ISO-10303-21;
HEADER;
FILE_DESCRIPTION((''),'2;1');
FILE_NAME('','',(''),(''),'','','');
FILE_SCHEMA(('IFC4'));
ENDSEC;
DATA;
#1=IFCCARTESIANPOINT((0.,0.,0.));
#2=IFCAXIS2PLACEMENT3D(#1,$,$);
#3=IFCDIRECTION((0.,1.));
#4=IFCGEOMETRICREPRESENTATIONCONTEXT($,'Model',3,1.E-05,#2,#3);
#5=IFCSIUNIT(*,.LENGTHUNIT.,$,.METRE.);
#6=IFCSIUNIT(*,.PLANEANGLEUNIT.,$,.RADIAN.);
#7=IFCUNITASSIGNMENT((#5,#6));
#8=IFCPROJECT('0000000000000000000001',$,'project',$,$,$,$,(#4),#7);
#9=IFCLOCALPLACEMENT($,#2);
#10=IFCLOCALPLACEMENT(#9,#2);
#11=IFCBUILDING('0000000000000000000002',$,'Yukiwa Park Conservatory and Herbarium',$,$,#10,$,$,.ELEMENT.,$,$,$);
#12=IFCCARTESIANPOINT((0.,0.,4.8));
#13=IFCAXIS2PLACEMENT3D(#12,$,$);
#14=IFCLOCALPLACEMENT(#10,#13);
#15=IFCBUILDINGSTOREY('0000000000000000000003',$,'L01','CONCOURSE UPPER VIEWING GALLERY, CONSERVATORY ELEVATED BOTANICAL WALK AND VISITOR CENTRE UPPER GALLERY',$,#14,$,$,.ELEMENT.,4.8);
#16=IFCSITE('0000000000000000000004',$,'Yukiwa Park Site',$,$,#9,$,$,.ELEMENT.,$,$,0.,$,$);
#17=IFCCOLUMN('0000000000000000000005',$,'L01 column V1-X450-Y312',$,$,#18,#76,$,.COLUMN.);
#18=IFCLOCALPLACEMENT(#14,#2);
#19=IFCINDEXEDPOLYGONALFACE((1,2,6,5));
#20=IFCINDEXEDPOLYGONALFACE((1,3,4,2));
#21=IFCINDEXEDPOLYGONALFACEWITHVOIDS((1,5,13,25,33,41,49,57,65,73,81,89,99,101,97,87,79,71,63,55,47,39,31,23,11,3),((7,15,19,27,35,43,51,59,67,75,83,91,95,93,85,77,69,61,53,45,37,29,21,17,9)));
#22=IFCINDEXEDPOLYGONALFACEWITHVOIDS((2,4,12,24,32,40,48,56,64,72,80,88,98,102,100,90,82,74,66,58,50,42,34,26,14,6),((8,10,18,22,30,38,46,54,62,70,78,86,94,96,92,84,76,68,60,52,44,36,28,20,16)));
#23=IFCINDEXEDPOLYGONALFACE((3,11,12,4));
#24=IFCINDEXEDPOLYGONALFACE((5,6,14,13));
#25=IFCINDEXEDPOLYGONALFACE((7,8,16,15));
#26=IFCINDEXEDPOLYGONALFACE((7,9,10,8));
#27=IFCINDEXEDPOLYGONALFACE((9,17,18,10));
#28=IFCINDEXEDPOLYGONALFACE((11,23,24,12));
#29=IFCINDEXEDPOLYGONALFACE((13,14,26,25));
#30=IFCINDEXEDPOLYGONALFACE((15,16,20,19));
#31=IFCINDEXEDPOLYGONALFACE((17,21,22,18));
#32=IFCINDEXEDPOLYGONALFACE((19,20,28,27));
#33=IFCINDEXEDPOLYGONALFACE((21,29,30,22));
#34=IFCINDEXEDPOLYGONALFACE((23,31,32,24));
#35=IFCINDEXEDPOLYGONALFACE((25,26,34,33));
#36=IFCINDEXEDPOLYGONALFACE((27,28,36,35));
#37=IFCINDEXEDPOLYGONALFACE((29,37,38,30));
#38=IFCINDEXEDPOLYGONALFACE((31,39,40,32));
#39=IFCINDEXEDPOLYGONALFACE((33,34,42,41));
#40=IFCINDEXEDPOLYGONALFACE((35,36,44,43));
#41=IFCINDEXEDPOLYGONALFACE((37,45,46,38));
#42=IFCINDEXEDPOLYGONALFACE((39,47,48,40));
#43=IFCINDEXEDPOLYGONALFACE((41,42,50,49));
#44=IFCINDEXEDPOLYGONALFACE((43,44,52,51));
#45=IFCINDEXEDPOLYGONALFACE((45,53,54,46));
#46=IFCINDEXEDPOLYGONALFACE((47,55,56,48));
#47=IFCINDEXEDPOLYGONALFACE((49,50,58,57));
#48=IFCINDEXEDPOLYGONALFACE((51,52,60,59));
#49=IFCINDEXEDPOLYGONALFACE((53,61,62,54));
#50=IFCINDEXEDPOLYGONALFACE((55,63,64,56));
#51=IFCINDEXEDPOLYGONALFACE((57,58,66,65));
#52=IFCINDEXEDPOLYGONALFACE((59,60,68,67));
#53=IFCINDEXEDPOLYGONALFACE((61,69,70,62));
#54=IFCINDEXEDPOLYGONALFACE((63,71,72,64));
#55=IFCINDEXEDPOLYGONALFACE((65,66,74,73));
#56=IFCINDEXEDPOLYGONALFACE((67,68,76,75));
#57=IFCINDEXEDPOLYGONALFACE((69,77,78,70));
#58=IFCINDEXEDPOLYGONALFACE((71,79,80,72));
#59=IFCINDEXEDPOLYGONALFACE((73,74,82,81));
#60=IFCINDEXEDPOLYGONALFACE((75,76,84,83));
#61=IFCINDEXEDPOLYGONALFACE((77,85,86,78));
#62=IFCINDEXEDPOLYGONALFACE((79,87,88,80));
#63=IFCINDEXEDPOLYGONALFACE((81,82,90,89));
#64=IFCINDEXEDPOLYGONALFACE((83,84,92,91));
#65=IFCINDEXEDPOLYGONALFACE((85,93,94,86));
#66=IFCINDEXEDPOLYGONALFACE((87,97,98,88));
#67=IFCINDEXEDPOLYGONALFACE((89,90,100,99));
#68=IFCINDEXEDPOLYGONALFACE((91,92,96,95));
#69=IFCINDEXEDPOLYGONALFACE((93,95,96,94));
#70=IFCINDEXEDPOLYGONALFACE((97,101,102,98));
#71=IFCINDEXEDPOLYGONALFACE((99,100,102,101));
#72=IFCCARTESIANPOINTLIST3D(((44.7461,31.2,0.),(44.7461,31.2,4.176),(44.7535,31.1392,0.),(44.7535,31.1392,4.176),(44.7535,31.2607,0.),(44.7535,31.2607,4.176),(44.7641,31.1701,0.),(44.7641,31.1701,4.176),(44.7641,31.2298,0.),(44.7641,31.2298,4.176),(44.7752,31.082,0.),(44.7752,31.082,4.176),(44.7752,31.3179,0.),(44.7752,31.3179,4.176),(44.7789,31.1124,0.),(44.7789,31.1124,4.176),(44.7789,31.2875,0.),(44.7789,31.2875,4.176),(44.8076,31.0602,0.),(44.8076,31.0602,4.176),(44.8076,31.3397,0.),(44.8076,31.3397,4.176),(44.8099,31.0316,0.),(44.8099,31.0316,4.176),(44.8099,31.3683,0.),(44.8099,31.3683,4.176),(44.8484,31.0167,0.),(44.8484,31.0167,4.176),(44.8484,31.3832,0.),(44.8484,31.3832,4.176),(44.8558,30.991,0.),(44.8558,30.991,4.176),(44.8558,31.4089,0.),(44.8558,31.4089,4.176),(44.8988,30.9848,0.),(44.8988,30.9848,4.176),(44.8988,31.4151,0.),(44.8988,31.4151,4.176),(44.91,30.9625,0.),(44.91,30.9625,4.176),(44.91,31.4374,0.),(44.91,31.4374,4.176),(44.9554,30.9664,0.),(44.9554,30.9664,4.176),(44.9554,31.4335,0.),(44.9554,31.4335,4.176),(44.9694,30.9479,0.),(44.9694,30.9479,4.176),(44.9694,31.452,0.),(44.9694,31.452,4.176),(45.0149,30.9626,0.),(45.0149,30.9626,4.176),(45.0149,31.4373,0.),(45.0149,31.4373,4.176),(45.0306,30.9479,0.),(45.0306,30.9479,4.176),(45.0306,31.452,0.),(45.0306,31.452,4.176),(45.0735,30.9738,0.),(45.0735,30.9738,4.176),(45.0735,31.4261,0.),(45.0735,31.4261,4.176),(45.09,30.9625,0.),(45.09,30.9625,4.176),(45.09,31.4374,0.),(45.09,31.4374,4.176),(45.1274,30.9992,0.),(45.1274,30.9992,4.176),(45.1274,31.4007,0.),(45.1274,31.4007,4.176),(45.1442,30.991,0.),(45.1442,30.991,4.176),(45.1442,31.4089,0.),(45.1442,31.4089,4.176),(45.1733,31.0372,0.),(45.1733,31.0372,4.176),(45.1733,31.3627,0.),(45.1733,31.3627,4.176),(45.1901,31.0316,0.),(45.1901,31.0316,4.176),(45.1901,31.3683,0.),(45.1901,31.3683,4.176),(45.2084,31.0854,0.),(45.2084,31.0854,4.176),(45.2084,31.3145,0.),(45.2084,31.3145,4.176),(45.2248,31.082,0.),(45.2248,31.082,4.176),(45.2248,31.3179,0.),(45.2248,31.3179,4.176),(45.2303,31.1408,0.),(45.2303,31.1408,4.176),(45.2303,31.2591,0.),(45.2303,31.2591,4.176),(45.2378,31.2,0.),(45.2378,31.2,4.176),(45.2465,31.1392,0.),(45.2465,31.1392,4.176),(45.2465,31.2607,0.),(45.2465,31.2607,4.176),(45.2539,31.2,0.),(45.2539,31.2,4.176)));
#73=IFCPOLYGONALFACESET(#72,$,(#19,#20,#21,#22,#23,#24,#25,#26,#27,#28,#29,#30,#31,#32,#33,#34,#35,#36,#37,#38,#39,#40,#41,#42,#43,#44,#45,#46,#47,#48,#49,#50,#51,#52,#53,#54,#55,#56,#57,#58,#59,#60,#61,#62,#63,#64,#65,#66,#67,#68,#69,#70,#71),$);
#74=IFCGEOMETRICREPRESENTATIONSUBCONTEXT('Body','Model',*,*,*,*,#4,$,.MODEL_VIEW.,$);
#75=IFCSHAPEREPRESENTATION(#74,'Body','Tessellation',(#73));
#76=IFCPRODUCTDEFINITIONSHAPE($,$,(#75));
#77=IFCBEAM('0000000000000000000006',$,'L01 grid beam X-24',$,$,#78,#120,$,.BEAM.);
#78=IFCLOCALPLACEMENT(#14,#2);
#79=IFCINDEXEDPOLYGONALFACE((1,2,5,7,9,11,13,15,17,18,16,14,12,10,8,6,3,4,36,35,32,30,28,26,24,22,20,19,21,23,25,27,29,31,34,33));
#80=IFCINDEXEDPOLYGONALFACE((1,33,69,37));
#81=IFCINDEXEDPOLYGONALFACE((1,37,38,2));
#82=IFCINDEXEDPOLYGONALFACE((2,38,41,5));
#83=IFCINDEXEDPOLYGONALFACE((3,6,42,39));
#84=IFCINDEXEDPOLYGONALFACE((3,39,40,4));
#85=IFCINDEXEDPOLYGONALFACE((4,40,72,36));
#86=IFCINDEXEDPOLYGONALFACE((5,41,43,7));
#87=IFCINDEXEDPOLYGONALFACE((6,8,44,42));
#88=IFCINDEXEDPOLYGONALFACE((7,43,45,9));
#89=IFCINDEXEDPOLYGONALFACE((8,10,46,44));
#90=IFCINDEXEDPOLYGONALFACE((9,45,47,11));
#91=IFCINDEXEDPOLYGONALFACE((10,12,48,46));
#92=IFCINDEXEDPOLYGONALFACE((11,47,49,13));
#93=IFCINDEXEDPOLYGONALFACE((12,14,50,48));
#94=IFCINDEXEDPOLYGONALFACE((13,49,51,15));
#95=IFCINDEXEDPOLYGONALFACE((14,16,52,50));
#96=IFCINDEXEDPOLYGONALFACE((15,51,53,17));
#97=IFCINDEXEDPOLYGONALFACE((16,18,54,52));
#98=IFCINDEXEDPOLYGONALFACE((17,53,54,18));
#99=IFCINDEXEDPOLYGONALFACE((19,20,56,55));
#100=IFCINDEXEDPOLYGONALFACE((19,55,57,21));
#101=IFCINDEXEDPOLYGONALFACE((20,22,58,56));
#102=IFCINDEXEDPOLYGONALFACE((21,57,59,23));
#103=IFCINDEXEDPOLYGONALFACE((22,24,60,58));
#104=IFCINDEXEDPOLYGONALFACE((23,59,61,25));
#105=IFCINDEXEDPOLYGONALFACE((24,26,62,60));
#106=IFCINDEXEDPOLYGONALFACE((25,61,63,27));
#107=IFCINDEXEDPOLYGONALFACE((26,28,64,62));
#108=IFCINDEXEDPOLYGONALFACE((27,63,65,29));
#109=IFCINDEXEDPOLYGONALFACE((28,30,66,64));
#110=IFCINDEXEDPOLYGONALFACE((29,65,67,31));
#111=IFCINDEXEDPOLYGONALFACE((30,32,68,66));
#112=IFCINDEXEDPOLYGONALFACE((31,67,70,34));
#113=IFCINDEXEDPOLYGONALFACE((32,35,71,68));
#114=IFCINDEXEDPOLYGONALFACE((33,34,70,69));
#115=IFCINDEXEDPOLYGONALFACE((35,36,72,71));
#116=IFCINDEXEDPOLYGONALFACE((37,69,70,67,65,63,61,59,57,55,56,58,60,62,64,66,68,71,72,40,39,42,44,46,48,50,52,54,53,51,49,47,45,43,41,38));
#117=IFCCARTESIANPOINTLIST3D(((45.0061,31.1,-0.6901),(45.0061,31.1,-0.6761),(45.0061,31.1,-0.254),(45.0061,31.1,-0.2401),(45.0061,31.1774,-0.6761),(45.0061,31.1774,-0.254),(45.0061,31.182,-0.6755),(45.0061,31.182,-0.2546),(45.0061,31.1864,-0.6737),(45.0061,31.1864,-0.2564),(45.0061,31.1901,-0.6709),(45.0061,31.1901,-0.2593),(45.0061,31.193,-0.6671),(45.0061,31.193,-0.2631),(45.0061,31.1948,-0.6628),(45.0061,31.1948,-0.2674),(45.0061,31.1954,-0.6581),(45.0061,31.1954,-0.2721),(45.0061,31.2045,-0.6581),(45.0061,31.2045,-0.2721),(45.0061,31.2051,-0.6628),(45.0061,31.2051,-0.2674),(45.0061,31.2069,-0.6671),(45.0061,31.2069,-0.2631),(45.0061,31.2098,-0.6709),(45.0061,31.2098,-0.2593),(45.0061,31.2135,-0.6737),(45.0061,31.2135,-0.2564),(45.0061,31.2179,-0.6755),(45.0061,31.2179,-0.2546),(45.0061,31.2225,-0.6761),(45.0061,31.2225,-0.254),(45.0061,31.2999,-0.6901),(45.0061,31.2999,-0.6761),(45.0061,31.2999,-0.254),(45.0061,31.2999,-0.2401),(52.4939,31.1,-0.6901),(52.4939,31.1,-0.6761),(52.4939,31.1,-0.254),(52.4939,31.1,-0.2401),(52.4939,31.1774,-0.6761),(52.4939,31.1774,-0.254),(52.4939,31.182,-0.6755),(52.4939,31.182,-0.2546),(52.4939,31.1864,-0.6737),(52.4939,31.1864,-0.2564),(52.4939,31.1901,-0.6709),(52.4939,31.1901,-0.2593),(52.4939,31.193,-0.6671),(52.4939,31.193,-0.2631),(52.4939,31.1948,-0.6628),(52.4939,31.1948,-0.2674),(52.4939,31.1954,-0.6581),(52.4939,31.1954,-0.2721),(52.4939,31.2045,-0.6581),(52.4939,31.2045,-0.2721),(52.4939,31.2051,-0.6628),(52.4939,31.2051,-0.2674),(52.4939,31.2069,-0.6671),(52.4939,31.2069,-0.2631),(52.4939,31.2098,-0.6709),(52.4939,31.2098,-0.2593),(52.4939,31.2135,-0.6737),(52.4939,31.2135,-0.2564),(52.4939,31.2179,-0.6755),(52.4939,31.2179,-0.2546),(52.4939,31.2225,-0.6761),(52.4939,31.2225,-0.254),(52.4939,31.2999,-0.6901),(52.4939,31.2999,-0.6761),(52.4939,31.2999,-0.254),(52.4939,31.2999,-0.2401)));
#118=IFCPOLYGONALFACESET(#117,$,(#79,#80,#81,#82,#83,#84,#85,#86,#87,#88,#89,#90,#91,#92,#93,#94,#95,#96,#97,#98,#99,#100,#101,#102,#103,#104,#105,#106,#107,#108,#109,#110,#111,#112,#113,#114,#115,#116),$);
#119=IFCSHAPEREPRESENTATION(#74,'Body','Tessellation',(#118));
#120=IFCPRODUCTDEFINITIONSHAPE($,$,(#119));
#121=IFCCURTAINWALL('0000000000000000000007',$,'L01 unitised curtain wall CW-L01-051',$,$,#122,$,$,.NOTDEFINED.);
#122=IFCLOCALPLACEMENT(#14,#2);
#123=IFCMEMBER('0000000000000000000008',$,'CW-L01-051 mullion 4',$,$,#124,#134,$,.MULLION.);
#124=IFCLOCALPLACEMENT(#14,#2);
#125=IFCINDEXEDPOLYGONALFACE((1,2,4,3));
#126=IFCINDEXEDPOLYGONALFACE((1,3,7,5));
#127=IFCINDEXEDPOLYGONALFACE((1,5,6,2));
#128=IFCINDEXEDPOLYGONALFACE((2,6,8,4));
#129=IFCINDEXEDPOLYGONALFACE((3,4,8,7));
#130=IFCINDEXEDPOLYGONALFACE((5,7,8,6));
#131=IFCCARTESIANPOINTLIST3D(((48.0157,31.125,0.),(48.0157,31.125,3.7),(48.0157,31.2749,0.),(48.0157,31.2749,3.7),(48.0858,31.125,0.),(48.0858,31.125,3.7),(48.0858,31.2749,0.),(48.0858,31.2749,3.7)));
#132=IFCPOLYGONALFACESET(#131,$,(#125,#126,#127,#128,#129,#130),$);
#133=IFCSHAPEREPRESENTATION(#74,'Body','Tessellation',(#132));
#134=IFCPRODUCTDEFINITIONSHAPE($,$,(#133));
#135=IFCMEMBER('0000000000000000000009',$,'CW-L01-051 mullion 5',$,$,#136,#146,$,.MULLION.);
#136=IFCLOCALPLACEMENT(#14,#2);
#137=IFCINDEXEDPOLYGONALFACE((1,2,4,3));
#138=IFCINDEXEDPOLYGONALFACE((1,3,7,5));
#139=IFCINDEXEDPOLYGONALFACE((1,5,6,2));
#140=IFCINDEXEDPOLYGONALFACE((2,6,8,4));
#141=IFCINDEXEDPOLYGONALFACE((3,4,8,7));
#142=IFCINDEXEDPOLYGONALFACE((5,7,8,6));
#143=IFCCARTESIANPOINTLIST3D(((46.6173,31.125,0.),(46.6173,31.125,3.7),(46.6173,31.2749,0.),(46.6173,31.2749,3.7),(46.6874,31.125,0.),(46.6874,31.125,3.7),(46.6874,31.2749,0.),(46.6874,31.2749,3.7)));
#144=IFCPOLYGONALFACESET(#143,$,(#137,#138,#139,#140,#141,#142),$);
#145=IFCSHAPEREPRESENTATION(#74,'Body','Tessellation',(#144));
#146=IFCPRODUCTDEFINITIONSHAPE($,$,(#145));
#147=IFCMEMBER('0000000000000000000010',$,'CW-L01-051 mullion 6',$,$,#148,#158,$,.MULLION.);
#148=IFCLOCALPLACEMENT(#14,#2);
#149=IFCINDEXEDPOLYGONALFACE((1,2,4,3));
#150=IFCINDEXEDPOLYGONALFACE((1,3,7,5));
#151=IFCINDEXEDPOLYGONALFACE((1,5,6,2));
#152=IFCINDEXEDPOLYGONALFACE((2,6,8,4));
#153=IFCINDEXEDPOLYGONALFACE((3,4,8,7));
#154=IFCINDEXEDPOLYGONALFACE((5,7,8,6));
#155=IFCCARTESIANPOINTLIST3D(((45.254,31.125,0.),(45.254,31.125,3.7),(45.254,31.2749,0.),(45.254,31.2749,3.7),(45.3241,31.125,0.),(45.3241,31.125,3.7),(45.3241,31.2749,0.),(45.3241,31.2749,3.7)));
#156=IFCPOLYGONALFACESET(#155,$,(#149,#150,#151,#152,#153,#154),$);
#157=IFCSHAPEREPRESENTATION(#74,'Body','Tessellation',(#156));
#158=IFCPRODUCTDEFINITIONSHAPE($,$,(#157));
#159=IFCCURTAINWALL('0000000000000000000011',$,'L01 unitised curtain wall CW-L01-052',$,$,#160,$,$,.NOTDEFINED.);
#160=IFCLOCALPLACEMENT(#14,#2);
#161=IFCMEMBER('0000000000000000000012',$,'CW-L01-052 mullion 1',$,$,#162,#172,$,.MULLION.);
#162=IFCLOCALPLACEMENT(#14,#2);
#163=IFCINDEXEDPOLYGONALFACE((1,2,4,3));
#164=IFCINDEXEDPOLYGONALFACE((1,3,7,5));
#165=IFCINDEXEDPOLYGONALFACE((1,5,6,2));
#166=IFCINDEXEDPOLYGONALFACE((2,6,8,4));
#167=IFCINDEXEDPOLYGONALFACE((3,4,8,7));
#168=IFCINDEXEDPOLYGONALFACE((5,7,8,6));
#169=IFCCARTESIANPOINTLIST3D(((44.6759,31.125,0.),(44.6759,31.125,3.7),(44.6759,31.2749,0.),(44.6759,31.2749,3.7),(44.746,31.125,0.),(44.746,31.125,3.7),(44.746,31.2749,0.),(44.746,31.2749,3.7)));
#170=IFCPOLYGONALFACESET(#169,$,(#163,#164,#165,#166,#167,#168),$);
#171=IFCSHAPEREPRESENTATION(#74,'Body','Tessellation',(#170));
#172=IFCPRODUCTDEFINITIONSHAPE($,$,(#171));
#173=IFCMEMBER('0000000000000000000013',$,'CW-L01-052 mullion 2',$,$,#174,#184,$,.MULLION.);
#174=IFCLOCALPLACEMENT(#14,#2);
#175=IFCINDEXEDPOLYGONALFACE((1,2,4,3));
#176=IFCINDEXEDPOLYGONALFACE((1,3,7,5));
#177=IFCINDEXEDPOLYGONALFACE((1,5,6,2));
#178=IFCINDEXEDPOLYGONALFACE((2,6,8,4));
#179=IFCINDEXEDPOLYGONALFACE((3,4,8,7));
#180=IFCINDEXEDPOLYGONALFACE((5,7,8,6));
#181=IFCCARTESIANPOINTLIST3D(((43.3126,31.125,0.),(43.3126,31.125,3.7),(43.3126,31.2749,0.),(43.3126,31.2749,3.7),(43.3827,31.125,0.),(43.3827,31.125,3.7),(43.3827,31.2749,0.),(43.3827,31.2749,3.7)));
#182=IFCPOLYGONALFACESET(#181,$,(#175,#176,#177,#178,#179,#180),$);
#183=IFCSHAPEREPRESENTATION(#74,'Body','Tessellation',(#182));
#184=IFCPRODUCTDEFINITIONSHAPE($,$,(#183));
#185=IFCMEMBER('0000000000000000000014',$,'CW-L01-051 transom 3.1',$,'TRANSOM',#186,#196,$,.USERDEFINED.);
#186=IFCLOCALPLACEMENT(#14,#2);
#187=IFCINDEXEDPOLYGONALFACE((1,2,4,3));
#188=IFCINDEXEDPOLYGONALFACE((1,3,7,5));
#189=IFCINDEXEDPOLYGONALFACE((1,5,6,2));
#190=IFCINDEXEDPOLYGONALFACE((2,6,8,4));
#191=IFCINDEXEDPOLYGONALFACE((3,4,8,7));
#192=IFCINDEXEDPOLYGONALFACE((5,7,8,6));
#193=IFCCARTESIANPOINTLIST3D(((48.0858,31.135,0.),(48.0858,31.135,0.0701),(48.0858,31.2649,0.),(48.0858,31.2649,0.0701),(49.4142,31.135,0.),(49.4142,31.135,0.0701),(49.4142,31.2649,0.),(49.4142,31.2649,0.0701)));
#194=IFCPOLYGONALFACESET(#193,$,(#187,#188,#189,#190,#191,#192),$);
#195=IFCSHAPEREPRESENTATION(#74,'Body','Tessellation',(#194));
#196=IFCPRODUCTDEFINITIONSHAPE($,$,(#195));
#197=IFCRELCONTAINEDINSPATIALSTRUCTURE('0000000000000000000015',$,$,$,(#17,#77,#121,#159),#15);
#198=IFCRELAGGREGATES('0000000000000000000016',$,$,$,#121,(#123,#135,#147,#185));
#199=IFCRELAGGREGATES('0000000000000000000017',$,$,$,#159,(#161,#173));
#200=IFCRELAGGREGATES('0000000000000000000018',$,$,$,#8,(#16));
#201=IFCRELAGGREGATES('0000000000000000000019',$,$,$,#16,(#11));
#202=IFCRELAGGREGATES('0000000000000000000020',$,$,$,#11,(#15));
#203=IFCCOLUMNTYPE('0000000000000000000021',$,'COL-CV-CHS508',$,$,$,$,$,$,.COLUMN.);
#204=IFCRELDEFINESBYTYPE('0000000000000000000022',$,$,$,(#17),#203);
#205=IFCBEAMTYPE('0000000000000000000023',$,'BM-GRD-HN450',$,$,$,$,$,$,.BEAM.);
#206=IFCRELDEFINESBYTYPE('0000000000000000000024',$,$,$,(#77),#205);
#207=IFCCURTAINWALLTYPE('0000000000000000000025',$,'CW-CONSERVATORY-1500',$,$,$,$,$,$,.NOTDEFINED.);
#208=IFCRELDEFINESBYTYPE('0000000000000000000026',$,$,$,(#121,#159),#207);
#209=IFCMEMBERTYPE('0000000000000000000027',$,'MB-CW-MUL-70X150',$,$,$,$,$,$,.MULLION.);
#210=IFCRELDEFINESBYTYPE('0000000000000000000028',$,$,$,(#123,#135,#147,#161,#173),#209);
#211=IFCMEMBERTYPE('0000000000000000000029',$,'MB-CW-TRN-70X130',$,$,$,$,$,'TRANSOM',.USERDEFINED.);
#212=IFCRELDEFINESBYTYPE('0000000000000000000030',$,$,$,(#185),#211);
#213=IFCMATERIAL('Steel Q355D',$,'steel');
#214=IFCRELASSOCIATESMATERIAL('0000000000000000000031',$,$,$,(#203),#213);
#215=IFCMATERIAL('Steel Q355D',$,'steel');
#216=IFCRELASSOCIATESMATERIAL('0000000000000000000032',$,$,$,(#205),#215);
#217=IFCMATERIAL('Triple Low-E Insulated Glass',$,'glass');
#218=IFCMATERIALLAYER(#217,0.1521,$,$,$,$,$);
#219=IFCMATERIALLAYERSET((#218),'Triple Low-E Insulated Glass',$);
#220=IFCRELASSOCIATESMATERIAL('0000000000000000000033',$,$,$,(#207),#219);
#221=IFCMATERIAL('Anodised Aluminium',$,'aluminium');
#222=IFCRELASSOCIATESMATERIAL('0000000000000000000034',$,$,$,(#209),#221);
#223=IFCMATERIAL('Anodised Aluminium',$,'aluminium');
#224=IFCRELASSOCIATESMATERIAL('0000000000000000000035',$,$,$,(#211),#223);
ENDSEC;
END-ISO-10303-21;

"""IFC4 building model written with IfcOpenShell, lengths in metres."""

from ifc_helpers import new_model, si_unit, direction, frame, origin, origin_2d, place, context, subcontext, project, spatial, rectangle, hollow_circle, i_section, extrude, material, layer, layer_set, material_profile, profile_set, type_object, element, aggregate, save


model = new_model("IFC4")

# Units and contexts
model_context = context("Model", 3, precision=1e-05, world=origin(), true_north=direction((0.0, 1.0)))
body_context = subcontext(model_context, "Body", "Model", "MODEL_VIEW")
ifc_project = project(units=[si_unit("LENGTHUNIT", "METRE"), si_unit("PLANEANGLEUNIT", "RADIAN")], contexts=[model_context])

# Site, building, storey
site_placement = place(None, origin())
site = spatial("IfcSite", under=ifc_project, at=site_placement, Name="Yukiwa Park Site", CompositionType="ELEMENT", RefElevation=0.0)
building_placement = place(site_placement, origin())
building = spatial("IfcBuilding", under=site, at=building_placement, Name="Yukiwa Park Conservatory and Herbarium", CompositionType="ELEMENT")
storey_placement = place(building_placement, frame((0.0, 0.0, 4.8)))
storey = spatial("IfcBuildingStorey", under=building, at=storey_placement, Name="L01", Description="CONCOURSE UPPER VIEWING GALLERY, CONSERVATORY ELEVATED BOTANICAL WALK AND VISITOR CENTRE UPPER GALLERY", CompositionType="ELEMENT", Elevation=4.8)

# Column
ifc_material_1 = material(Name="Steel Q355D", Category="steel")
ifc_material_profile_1 = material_profile(ifc_material_1, hollow_circle(Radius=0.2539, WallThickness=0.0161, at=origin_2d()), Name="CHS 508x16")
ifc_profile_set_1 = profile_set([ifc_material_profile_1], Name="Steel Q355D")
column_type = type_object("IfcColumnType", Name="COL-CV-CHS508", PredefinedType="COLUMN", material=ifc_profile_set_1)
column_placement = place(storey_placement, frame((45.0, 31.2, 0.0), z_axis=(0.0, 0.0, 1.0), x_axis=(1.0, 0.0, 0.0)))
element("IfcColumn", 1, at=column_placement, inside=storey, type_object=column_type, Name="L01 column V1-X450-Y312", PredefinedType="COLUMN", context=body_context, shape_type="SweptSolid", body=[
    extrude(hollow_circle(Radius=0.2539, WallThickness=0.0161, at=origin_2d()), origin(), (0.0, 0.0, 1.0), 4.176),
])

# Beam
ifc_material_2 = material(Name="Steel Q355D", Category="steel")
ifc_material_profile_2 = material_profile(ifc_material_2, i_section(OverallWidth=0.2, OverallDepth=0.45, WebThickness=0.009, FlangeThickness=0.0139, FilletRadius=0.0181, at=origin_2d()), Name="HN 450x200x9x14")
ifc_profile_set_2 = profile_set([ifc_material_profile_2], Name="Steel Q355D")
beam_type = type_object("IfcBeamType", Name="BM-GRD-HN450", PredefinedType="BEAM", material=ifc_profile_set_2)
beam_placement = place(storey_placement, frame((45.0061, 31.2, -0.4651), z_axis=(1.0, 0.0, 0.0), x_axis=(0.0, 1.0, 0.0)))
element("IfcBeam", 2, at=beam_placement, inside=storey, type_object=beam_type, Name="L01 grid beam X-24", PredefinedType="BEAM", context=body_context, shape_type="SweptSolid", body=[
    extrude(i_section(OverallWidth=0.2, OverallDepth=0.45, WebThickness=0.009, FlangeThickness=0.0139, FilletRadius=0.0181, at=origin_2d()), origin(), (0.0, 0.0, 1.0), 7.4878),
])

# Curtain walls, members
ifc_material_3 = material(Name="Triple Low-E Insulated Glass", Category="glass")
ifc_layer_1 = layer(ifc_material_3, 0.1521)
ifc_layer_set_1 = layer_set([ifc_layer_1], Name="Triple Low-E Insulated Glass")
curtain_wall_type = type_object("IfcCurtainWallType", Name="CW-CONSERVATORY-1500", PredefinedType="NOTDEFINED", material=ifc_layer_set_1)
curtain_wall_1_placement = place(storey_placement, origin())
curtain_wall_1 = element("IfcCurtainWall", 3, at=curtain_wall_1_placement, inside=storey, type_object=curtain_wall_type, Name="L01 unitised curtain wall CW-L01-051", PredefinedType="NOTDEFINED")
ifc_material_4 = material(Name="Anodised Aluminium", Category="aluminium")
member_type_1 = type_object("IfcMemberType", Name="MB-CW-MUL-70X150", PredefinedType="MULLION", material=ifc_material_4)
member_1_placement = place(storey_placement, frame((48.0508, 31.2, 0.0), z_axis=(0.0, 0.0, 1.0), x_axis=(-1.0, 0.0, 0.0)))
member_1 = element("IfcMember", 4, at=member_1_placement, type_object=member_type_1, Name="CW-L01-051 mullion 4", PredefinedType="MULLION", context=body_context, shape_type="SweptSolid", body=[
    extrude(rectangle(XDim=0.0701, YDim=0.1499, at=origin_2d()), origin(), (0.0, 0.0, 1.0), 3.7),
])
member_2_placement = place(storey_placement, frame((46.6523, 31.2, 0.0), z_axis=(0.0, 0.0, 1.0), x_axis=(-1.0, 0.0, 0.0)))
member_2 = element("IfcMember", 5, at=member_2_placement, type_object=member_type_1, Name="CW-L01-051 mullion 5", PredefinedType="MULLION", context=body_context, shape_type="SweptSolid", body=[
    extrude(rectangle(XDim=0.0701, YDim=0.1499, at=origin_2d()), origin(), (0.0, 0.0, 1.0), 3.7),
])
member_3_placement = place(storey_placement, frame((45.2891, 31.2, 0.0), z_axis=(0.0, 0.0, 1.0), x_axis=(-1.0, 0.0, 0.0)))
member_3 = element("IfcMember", 6, at=member_3_placement, type_object=member_type_1, Name="CW-L01-051 mullion 6", PredefinedType="MULLION", context=body_context, shape_type="SweptSolid", body=[
    extrude(rectangle(XDim=0.0701, YDim=0.1499, at=origin_2d()), origin(), (0.0, 0.0, 1.0), 3.7),
])
curtain_wall_2_placement = place(storey_placement, origin())
curtain_wall_2 = element("IfcCurtainWall", 7, at=curtain_wall_2_placement, inside=storey, type_object=curtain_wall_type, Name="L01 unitised curtain wall CW-L01-052", PredefinedType="NOTDEFINED")
member_4_placement = place(storey_placement, frame((44.7109, 31.2, 0.0), z_axis=(0.0, 0.0, 1.0), x_axis=(-1.0, 0.0, 0.0)))
member_4 = element("IfcMember", 8, at=member_4_placement, type_object=member_type_1, Name="CW-L01-052 mullion 1", PredefinedType="MULLION", context=body_context, shape_type="SweptSolid", body=[
    extrude(rectangle(XDim=0.0701, YDim=0.1499, at=origin_2d()), origin(), (0.0, 0.0, 1.0), 3.7),
])
member_5_placement = place(storey_placement, frame((43.3477, 31.2, 0.0), z_axis=(0.0, 0.0, 1.0), x_axis=(-1.0, 0.0, 0.0)))
member_5 = element("IfcMember", 9, at=member_5_placement, type_object=member_type_1, Name="CW-L01-052 mullion 2", PredefinedType="MULLION", context=body_context, shape_type="SweptSolid", body=[
    extrude(rectangle(XDim=0.0701, YDim=0.1499, at=origin_2d()), origin(), (0.0, 0.0, 1.0), 3.7),
])

# Member
ifc_material_5 = material(Name="Anodised Aluminium", Category="aluminium")
member_type_2 = type_object("IfcMemberType", Name="MB-CW-TRN-70X130", ElementType="TRANSOM", PredefinedType="USERDEFINED", material=ifc_material_5)
member_6_placement = place(storey_placement, frame((48.75, 31.2, 0.0), z_axis=(0.0, 0.0, 1.0), x_axis=(-1.0, 0.0, 0.0)))
member_6 = element("IfcMember", 10, at=member_6_placement, type_object=member_type_2, Name="CW-L01-051 transom 3.1", ObjectType="TRANSOM", PredefinedType="USERDEFINED", context=body_context, shape_type="SweptSolid", body=[
    extrude(rectangle(XDim=1.3284, YDim=0.1299, at=origin_2d()), origin(), (0.0, 0.0, 1.0), 0.0701),
])

aggregate(curtain_wall_1, [member_1, member_2, member_3, member_6])
aggregate(curtain_wall_2, [member_4, member_5])

save(model, "model.ifc")
